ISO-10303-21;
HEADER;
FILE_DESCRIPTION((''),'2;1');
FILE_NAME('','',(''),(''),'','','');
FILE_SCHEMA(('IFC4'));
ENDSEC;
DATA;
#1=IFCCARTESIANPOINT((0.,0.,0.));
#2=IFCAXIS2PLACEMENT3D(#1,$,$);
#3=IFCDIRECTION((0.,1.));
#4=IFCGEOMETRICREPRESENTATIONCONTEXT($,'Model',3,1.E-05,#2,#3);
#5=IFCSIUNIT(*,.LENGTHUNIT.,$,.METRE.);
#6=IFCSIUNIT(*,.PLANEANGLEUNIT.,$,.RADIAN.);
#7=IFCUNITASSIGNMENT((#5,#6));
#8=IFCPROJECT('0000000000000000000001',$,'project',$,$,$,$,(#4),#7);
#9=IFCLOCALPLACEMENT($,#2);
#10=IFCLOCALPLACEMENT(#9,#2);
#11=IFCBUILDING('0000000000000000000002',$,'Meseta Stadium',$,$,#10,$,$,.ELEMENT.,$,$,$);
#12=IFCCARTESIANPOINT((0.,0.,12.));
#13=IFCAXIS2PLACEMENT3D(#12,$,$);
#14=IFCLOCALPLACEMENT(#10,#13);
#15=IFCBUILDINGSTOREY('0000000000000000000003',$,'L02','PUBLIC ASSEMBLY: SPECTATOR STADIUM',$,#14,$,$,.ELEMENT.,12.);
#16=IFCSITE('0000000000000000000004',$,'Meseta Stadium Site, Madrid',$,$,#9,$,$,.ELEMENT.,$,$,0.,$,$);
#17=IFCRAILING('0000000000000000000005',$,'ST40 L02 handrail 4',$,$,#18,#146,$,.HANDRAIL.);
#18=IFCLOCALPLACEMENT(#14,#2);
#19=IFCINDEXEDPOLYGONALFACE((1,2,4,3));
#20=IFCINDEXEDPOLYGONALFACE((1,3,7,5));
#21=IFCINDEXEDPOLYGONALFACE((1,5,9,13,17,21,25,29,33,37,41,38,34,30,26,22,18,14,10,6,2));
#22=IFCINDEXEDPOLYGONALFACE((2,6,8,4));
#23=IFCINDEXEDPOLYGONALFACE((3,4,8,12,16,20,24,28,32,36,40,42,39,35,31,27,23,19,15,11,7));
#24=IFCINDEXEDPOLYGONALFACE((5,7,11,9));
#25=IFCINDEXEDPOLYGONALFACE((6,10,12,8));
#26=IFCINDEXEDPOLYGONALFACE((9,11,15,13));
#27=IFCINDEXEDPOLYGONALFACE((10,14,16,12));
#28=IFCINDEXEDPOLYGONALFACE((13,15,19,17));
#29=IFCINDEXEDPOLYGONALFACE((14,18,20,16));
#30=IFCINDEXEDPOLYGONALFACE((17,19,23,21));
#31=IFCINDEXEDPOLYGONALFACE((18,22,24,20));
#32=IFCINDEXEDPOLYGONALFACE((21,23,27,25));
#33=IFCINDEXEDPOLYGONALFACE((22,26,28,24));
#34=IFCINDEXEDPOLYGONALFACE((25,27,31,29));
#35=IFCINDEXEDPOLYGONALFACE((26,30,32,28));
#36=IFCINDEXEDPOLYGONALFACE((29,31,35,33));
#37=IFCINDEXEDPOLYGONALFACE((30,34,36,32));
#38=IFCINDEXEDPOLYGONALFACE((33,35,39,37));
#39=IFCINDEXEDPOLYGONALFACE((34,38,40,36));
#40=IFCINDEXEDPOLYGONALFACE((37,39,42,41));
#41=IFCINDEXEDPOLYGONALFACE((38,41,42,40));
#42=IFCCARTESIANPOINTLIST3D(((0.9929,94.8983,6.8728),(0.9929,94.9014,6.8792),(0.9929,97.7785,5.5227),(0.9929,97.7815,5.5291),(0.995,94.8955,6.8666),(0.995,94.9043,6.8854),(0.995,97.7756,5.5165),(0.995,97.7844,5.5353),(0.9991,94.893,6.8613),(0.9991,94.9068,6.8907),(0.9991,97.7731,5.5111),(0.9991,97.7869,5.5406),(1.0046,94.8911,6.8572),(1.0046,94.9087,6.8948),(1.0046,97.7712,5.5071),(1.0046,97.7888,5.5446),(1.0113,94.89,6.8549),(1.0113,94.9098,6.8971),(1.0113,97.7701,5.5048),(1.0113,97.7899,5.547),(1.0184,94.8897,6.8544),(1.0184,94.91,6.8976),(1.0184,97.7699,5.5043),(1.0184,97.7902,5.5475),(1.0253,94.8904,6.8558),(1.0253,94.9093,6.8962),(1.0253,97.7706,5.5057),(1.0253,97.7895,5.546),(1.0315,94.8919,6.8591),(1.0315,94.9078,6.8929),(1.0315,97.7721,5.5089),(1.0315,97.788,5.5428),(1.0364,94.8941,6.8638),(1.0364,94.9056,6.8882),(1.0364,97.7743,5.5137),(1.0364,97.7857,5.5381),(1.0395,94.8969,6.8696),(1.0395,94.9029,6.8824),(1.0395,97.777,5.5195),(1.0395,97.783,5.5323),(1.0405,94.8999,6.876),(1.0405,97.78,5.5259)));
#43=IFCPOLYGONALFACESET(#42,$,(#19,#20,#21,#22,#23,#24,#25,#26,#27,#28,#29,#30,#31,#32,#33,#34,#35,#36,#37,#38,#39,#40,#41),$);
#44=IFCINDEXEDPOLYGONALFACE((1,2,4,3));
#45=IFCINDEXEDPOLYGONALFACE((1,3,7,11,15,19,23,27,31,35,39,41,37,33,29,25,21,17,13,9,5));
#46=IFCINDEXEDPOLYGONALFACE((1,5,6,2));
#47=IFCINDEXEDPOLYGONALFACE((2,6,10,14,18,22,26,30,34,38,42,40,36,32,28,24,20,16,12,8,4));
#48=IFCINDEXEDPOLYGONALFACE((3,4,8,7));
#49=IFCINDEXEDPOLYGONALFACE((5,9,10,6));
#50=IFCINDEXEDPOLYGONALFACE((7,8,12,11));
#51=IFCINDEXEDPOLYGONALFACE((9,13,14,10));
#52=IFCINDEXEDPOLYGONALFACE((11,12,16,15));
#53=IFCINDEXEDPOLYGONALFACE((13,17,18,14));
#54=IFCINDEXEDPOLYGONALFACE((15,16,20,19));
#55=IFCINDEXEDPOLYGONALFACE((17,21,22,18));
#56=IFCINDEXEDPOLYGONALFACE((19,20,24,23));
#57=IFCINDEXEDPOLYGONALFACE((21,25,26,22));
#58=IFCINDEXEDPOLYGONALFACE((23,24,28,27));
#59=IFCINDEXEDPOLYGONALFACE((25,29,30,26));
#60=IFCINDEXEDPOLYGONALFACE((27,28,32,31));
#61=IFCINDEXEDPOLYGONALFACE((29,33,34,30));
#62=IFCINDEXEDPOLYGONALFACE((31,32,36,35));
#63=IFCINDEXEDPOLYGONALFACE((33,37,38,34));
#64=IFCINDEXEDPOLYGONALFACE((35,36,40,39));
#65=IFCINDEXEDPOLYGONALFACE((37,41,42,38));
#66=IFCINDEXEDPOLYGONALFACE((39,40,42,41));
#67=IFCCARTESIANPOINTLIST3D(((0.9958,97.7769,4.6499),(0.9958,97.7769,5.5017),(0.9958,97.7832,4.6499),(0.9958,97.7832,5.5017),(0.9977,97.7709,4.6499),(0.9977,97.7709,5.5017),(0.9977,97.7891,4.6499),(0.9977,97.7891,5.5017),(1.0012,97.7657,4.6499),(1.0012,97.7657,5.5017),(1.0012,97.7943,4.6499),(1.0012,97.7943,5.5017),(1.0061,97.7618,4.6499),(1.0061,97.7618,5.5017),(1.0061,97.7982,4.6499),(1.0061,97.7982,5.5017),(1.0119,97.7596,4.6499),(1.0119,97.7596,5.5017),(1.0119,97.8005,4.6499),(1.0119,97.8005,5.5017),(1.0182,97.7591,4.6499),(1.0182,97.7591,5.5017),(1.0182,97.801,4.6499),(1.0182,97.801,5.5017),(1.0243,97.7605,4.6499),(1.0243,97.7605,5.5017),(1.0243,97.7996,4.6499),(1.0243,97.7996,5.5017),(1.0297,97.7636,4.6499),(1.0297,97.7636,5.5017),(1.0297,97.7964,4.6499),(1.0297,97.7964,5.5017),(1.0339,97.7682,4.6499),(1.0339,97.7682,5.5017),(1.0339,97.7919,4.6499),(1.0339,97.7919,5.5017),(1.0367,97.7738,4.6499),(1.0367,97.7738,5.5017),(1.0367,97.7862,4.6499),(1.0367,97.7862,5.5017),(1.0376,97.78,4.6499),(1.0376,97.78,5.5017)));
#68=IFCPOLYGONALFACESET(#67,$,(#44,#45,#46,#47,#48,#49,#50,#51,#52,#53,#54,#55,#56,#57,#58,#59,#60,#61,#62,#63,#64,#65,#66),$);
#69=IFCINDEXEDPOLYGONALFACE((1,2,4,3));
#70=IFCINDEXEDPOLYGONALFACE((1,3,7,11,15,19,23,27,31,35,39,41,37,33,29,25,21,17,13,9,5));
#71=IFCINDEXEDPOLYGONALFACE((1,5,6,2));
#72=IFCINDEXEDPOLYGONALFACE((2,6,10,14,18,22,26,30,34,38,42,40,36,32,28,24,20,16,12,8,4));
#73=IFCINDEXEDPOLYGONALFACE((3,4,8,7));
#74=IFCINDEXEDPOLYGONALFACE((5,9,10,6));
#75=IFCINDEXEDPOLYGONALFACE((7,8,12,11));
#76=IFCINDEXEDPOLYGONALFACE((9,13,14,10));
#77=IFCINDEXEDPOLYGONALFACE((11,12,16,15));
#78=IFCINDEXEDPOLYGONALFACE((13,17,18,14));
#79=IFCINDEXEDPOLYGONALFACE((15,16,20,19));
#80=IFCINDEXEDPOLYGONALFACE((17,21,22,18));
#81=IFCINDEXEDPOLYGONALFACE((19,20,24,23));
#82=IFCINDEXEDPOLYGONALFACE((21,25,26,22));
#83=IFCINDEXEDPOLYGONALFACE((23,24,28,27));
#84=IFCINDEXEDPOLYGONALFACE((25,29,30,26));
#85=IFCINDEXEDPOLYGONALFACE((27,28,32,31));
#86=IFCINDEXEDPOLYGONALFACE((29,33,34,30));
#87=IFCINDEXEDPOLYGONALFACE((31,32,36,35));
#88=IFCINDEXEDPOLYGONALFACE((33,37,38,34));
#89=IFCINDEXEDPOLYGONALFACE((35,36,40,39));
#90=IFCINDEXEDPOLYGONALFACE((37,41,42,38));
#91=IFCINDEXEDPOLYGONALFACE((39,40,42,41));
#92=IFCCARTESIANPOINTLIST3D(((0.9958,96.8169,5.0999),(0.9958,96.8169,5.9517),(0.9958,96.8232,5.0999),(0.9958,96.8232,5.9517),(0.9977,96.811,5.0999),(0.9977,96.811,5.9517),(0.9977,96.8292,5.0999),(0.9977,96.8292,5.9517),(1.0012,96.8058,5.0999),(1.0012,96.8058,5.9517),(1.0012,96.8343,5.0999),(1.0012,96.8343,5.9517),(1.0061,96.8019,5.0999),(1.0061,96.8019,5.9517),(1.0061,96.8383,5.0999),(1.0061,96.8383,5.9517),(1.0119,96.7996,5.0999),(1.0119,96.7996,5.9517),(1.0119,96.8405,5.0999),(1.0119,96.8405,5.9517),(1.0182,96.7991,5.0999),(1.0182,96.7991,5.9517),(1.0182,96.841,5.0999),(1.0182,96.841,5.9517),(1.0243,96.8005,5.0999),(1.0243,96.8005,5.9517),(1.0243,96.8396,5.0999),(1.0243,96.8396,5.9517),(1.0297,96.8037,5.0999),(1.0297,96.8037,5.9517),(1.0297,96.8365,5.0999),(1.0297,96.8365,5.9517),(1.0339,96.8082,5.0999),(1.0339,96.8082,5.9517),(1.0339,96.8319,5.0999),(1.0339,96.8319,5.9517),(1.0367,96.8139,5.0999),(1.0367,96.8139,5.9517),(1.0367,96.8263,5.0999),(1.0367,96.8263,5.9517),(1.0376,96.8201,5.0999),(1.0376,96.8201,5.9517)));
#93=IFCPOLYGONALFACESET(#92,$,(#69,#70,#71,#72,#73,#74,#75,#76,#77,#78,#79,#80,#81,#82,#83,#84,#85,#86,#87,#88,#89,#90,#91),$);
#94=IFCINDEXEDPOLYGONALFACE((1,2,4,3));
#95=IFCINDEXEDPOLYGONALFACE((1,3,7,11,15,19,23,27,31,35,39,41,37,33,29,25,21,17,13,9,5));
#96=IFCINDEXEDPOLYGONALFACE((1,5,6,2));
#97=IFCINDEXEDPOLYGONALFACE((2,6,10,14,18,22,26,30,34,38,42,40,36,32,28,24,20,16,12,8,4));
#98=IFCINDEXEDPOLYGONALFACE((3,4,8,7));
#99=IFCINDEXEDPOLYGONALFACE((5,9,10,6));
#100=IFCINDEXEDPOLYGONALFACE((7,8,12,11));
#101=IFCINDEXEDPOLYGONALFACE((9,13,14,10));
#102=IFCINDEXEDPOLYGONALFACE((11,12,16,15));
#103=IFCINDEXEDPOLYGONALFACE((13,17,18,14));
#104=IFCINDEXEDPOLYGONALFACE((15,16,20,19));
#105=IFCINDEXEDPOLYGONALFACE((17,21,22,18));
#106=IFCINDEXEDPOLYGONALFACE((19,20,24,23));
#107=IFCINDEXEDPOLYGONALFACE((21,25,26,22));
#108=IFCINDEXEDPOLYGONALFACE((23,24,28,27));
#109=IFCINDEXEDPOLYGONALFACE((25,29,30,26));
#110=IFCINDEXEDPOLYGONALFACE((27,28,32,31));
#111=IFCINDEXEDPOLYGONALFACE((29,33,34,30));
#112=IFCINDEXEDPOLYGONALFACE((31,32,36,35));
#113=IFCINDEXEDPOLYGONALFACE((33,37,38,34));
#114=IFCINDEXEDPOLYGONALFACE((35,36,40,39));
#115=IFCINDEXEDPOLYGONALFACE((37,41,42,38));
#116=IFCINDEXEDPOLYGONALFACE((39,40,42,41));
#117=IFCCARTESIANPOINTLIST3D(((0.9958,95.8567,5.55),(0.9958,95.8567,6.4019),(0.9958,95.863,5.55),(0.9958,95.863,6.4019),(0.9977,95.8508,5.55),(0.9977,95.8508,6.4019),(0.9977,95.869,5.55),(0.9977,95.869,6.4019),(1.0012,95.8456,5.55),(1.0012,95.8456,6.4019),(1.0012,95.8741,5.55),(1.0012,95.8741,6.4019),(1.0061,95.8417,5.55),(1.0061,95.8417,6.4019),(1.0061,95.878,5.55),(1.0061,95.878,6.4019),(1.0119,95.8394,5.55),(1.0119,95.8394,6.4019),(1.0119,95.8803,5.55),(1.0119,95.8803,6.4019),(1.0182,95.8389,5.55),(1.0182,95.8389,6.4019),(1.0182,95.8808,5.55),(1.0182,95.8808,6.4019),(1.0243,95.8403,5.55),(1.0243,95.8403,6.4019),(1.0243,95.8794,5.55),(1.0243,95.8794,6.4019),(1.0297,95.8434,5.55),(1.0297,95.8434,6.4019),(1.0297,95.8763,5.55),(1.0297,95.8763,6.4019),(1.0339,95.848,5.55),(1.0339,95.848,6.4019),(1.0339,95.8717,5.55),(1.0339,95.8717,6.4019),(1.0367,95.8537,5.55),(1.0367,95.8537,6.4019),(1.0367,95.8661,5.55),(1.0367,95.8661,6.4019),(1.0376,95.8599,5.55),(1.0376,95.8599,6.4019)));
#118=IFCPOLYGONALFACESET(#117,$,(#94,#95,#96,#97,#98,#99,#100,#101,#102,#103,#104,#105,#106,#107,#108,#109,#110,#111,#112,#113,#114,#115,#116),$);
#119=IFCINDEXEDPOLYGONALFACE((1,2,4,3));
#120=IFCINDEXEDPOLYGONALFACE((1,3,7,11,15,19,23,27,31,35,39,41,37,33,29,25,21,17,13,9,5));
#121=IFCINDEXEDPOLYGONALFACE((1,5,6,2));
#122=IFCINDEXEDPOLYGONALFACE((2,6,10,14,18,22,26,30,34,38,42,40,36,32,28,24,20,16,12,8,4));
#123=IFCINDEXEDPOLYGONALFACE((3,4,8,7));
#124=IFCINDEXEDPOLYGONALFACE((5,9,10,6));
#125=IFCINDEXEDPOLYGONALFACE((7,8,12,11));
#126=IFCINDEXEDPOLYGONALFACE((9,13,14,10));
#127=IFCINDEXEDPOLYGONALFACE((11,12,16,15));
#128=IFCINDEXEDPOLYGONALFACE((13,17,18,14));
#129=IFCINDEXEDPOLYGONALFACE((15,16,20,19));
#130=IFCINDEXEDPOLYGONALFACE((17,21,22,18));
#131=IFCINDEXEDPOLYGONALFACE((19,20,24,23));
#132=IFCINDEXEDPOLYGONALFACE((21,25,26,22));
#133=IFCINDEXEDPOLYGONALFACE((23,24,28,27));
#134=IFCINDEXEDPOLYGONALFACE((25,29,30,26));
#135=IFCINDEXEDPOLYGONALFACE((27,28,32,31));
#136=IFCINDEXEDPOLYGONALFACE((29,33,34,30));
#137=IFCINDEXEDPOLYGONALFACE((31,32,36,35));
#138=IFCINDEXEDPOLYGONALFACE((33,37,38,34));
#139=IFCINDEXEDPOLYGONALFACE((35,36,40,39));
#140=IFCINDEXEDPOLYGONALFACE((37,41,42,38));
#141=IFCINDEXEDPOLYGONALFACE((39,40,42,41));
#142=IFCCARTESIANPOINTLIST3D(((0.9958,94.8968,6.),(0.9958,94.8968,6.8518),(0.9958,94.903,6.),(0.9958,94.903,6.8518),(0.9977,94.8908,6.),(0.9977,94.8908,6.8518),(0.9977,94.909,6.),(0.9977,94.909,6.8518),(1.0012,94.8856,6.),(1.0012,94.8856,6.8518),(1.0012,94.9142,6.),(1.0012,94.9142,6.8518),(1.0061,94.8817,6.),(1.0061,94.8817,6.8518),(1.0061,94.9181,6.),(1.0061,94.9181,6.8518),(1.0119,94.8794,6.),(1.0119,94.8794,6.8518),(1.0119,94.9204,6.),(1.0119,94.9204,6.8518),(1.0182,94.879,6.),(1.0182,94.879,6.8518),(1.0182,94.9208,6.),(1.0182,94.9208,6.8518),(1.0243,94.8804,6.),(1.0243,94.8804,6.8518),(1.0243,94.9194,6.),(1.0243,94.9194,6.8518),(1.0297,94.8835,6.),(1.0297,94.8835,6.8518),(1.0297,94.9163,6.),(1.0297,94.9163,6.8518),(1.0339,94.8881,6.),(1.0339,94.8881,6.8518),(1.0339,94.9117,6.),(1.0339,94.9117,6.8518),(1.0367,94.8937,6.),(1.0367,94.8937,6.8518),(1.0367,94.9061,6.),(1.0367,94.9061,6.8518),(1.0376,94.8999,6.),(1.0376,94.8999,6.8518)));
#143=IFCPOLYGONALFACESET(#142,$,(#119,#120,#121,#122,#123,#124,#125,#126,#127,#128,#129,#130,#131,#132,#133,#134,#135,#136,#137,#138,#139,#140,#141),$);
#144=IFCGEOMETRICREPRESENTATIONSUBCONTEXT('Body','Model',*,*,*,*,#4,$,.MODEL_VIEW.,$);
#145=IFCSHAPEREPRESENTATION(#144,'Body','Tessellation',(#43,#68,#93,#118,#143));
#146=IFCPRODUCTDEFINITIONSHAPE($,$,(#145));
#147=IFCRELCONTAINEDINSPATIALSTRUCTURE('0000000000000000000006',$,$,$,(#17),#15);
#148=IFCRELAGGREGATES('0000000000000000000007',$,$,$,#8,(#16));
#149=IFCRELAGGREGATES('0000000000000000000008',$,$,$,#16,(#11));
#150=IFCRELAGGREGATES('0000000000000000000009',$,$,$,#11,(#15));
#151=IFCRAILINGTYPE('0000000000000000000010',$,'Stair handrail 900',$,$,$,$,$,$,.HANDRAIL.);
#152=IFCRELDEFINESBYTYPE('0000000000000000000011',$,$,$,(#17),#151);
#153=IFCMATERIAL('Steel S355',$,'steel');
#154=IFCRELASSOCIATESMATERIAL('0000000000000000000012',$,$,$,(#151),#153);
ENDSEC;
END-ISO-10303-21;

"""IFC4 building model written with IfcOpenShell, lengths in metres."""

from ifc_helpers import new_model, si_unit, direction, frame, origin, origin_2d, place, context, subcontext, project, spatial, circle, extrude, material, type_object, element, save


model = new_model("IFC4")

# Units and contexts
model_context = context("Model", 3, precision=1e-05, world=origin(), true_north=direction((0.0, 1.0)))
body_context = subcontext(model_context, "Body", "Model", "MODEL_VIEW")
ifc_project = project(units=[si_unit("LENGTHUNIT", "METRE"), si_unit("PLANEANGLEUNIT", "RADIAN")], contexts=[model_context])

# Site, building, storey
site_placement = place(None, origin())
site = spatial("IfcSite", under=ifc_project, at=site_placement, Name="Meseta Stadium Site, Madrid", CompositionType="ELEMENT", RefElevation=0.0)
building_placement = place(site_placement, origin())
building = spatial("IfcBuilding", under=site, at=building_placement, Name="Meseta Stadium", CompositionType="ELEMENT")
storey_placement = place(building_placement, frame((0.0, 0.0, 12.0)))
storey = spatial("IfcBuildingStorey", under=building, at=storey_placement, Name="L02", Description="PUBLIC ASSEMBLY: SPECTATOR STADIUM", CompositionType="ELEMENT", Elevation=12.0)

# Railing
ifc_material_1 = material(Name="Steel S355", Category="steel")
railing_type_1 = type_object("IfcRailingType", Name="Stair handrail 900", PredefinedType="HANDRAIL", material=ifc_material_1)
railing_1_placement = place(storey_placement, frame((1.0166, 97.78, 4.6499)))
element("IfcRailing", 1, at=railing_1_placement, inside=storey, type_object=railing_type_1, Name="ST40 L02 handrail 4", PredefinedType="HANDRAIL", context=body_context, shape_type="SweptSolid", body=[
    extrude(circle(Radius=0.0239, at=origin_2d()), frame((0.0, 0.0, 0.876), z_axis=(0.0, -0.905454, 0.424444), x_axis=(1.0, 0.0, 0.0)), (0.0, 0.0, 1.0), 3.1809),
    extrude(circle(Radius=0.021, at=origin_2d()), origin(), (0.0, 0.0, 1.0), 0.8518),
    extrude(circle(Radius=0.021, at=origin_2d()), frame((0.0, -0.96, 0.45)), (0.0, 0.0, 1.0), 0.8518),
    extrude(circle(Radius=0.021, at=origin_2d()), frame((0.0, -1.9202, 0.9001)), (0.0, 0.0, 1.0), 0.8518),
    extrude(circle(Radius=0.021, at=origin_2d()), frame((0.0, -2.8801, 1.3501)), (0.0, 0.0, 1.0), 0.8518),
])

save(model, "model.ifc")
